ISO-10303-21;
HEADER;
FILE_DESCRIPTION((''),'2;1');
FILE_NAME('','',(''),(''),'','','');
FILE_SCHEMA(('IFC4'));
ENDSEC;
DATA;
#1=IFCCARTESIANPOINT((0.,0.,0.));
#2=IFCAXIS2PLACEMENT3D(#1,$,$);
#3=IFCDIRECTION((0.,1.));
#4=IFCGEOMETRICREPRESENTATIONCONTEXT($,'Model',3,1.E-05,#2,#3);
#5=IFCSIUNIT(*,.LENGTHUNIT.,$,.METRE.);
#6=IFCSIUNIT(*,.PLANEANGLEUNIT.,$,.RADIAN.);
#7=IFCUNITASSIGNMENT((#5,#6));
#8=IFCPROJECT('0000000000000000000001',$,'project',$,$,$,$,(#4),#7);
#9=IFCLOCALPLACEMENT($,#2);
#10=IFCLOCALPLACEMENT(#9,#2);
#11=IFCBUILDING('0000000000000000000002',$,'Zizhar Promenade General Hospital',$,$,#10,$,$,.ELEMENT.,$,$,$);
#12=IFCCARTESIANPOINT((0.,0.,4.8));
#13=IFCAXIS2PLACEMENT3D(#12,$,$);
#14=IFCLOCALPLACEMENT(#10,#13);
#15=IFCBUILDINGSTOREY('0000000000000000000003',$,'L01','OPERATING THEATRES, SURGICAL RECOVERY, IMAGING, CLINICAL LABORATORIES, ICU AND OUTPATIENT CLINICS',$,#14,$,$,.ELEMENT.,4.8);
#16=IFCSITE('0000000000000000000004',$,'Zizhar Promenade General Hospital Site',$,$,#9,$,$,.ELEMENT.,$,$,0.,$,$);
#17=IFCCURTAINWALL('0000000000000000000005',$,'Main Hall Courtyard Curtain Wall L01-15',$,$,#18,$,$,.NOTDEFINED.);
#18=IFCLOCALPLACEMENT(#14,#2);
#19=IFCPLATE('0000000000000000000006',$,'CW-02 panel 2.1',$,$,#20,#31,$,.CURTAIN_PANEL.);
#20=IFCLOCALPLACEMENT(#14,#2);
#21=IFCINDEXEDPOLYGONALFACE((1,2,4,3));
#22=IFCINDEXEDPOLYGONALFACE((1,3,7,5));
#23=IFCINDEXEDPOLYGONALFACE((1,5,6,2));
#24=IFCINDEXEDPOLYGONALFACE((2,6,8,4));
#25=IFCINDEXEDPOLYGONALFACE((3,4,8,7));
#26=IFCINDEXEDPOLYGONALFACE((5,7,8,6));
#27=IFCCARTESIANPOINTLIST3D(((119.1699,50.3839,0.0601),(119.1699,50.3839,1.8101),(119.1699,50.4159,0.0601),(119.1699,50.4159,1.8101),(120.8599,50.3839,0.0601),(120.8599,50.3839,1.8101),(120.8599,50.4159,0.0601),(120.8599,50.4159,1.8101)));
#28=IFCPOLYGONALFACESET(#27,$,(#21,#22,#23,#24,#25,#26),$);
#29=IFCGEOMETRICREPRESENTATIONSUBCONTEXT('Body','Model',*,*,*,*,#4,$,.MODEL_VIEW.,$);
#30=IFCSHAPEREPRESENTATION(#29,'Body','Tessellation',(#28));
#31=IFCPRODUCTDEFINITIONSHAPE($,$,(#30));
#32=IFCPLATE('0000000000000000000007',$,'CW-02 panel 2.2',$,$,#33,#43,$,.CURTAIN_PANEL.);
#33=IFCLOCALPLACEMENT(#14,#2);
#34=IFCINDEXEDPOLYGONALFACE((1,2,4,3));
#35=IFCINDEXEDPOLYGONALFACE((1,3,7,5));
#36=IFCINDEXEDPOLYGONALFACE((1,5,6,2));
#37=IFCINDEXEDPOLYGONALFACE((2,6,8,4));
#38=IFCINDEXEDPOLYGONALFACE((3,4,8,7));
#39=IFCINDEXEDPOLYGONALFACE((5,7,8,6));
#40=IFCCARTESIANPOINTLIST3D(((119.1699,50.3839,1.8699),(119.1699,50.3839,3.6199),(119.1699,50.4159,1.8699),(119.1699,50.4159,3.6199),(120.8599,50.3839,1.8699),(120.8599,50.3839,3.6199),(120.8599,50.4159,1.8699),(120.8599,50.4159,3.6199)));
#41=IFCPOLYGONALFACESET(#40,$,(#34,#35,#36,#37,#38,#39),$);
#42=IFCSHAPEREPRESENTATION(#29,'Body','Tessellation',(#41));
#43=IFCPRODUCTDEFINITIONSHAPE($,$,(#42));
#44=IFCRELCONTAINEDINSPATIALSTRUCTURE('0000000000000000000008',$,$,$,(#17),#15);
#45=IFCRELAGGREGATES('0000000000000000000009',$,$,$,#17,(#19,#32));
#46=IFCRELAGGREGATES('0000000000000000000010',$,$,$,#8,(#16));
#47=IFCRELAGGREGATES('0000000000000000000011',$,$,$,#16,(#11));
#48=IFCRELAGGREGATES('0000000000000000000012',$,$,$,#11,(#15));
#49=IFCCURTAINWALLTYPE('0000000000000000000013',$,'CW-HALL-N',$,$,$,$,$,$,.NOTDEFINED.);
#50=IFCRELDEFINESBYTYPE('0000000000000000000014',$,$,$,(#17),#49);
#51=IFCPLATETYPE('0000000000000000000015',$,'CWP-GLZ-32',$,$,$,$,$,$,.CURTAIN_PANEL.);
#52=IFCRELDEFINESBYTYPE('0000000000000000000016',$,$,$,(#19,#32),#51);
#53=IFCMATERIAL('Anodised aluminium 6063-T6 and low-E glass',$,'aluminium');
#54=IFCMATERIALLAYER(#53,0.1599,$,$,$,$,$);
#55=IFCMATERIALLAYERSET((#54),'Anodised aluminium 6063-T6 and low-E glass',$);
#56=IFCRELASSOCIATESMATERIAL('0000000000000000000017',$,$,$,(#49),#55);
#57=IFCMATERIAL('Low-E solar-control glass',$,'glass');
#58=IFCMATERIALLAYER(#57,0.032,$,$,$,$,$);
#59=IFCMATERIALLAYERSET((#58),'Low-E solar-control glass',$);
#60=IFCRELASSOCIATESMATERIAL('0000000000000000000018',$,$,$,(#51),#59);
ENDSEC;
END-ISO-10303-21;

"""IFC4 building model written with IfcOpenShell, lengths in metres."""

from ifc_helpers import new_model, si_unit, direction, frame, origin, origin_2d, place, context, subcontext, project, spatial, rectangle, extrude, material, layer, layer_set, type_object, element, aggregate, save


model = new_model("IFC4")

# Units and contexts
model_context = context("Model", 3, precision=1e-05, world=origin(), true_north=direction((0.0, 1.0)))
body_context = subcontext(model_context, "Body", "Model", "MODEL_VIEW")
ifc_project = project(units=[si_unit("LENGTHUNIT", "METRE"), si_unit("PLANEANGLEUNIT", "RADIAN")], contexts=[model_context])

# Site, building, storey
site_placement = place(None, origin())
site = spatial("IfcSite", under=ifc_project, at=site_placement, Name="Zizhar Promenade General Hospital Site", CompositionType="ELEMENT", RefElevation=0.0)
building_placement = place(site_placement, origin())
building = spatial("IfcBuilding", under=site, at=building_placement, Name="Zizhar Promenade General Hospital", CompositionType="ELEMENT")
storey_placement = place(building_placement, frame((0.0, 0.0, 4.8)))
storey = spatial("IfcBuildingStorey", under=building, at=storey_placement, Name="L01", Description="OPERATING THEATRES, SURGICAL RECOVERY, IMAGING, CLINICAL LABORATORIES, ICU AND OUTPATIENT CLINICS", CompositionType="ELEMENT", Elevation=4.8)

# Curtain wall
ifc_material_1 = material(Name="Anodised aluminium 6063-T6 and low-E glass", Category="aluminium")
ifc_layer_1 = layer(ifc_material_1, 0.1599)
ifc_layer_set_1 = layer_set([ifc_layer_1], Name="Anodised aluminium 6063-T6 and low-E glass")
curtain_wall_type = type_object("IfcCurtainWallType", Name="CW-HALL-N", PredefinedType="NOTDEFINED", material=ifc_layer_set_1)
curtain_wall_1_placement = place(storey_placement, origin())
curtain_wall_1 = element("IfcCurtainWall", 1, at=curtain_wall_1_placement, inside=storey, type_object=curtain_wall_type, Name="Main Hall Courtyard Curtain Wall L01-15", PredefinedType="NOTDEFINED")

# Plates
ifc_material_2 = material(Name="Low-E solar-control glass", Category="glass")
ifc_layer_2 = layer(ifc_material_2, 0.032)
ifc_layer_set_2 = layer_set([ifc_layer_2], Name="Low-E solar-control glass")
plate_type = type_object("IfcPlateType", Name="CWP-GLZ-32", PredefinedType="CURTAIN_PANEL", material=ifc_layer_set_2)
plate_1_placement = place(storey_placement, frame((120.0149, 50.3999, 0.0601), z_axis=(0.0, 0.0, 1.0), x_axis=(1.0, 0.0, 0.0)))
plate_1 = element("IfcPlate", 2, at=plate_1_placement, type_object=plate_type, Name="CW-02 panel 2.1", PredefinedType="CURTAIN_PANEL", context=body_context, shape_type="SweptSolid", body=[
    extrude(rectangle(XDim=1.6899, YDim=0.032, at=origin_2d()), origin(), (0.0, 0.0, 1.0), 1.75),
])
plate_2_placement = place(storey_placement, frame((120.0149, 50.3999, 1.8699), z_axis=(0.0, 0.0, 1.0), x_axis=(1.0, 0.0, 0.0)))
plate_2 = element("IfcPlate", 3, at=plate_2_placement, type_object=plate_type, Name="CW-02 panel 2.2", PredefinedType="CURTAIN_PANEL", context=body_context, shape_type="SweptSolid", body=[
    extrude(rectangle(XDim=1.6899, YDim=0.032, at=origin_2d()), origin(), (0.0, 0.0, 1.0), 1.75),
])
aggregate(curtain_wall_1, [plate_1, plate_2])

save(model, "model.ifc")
